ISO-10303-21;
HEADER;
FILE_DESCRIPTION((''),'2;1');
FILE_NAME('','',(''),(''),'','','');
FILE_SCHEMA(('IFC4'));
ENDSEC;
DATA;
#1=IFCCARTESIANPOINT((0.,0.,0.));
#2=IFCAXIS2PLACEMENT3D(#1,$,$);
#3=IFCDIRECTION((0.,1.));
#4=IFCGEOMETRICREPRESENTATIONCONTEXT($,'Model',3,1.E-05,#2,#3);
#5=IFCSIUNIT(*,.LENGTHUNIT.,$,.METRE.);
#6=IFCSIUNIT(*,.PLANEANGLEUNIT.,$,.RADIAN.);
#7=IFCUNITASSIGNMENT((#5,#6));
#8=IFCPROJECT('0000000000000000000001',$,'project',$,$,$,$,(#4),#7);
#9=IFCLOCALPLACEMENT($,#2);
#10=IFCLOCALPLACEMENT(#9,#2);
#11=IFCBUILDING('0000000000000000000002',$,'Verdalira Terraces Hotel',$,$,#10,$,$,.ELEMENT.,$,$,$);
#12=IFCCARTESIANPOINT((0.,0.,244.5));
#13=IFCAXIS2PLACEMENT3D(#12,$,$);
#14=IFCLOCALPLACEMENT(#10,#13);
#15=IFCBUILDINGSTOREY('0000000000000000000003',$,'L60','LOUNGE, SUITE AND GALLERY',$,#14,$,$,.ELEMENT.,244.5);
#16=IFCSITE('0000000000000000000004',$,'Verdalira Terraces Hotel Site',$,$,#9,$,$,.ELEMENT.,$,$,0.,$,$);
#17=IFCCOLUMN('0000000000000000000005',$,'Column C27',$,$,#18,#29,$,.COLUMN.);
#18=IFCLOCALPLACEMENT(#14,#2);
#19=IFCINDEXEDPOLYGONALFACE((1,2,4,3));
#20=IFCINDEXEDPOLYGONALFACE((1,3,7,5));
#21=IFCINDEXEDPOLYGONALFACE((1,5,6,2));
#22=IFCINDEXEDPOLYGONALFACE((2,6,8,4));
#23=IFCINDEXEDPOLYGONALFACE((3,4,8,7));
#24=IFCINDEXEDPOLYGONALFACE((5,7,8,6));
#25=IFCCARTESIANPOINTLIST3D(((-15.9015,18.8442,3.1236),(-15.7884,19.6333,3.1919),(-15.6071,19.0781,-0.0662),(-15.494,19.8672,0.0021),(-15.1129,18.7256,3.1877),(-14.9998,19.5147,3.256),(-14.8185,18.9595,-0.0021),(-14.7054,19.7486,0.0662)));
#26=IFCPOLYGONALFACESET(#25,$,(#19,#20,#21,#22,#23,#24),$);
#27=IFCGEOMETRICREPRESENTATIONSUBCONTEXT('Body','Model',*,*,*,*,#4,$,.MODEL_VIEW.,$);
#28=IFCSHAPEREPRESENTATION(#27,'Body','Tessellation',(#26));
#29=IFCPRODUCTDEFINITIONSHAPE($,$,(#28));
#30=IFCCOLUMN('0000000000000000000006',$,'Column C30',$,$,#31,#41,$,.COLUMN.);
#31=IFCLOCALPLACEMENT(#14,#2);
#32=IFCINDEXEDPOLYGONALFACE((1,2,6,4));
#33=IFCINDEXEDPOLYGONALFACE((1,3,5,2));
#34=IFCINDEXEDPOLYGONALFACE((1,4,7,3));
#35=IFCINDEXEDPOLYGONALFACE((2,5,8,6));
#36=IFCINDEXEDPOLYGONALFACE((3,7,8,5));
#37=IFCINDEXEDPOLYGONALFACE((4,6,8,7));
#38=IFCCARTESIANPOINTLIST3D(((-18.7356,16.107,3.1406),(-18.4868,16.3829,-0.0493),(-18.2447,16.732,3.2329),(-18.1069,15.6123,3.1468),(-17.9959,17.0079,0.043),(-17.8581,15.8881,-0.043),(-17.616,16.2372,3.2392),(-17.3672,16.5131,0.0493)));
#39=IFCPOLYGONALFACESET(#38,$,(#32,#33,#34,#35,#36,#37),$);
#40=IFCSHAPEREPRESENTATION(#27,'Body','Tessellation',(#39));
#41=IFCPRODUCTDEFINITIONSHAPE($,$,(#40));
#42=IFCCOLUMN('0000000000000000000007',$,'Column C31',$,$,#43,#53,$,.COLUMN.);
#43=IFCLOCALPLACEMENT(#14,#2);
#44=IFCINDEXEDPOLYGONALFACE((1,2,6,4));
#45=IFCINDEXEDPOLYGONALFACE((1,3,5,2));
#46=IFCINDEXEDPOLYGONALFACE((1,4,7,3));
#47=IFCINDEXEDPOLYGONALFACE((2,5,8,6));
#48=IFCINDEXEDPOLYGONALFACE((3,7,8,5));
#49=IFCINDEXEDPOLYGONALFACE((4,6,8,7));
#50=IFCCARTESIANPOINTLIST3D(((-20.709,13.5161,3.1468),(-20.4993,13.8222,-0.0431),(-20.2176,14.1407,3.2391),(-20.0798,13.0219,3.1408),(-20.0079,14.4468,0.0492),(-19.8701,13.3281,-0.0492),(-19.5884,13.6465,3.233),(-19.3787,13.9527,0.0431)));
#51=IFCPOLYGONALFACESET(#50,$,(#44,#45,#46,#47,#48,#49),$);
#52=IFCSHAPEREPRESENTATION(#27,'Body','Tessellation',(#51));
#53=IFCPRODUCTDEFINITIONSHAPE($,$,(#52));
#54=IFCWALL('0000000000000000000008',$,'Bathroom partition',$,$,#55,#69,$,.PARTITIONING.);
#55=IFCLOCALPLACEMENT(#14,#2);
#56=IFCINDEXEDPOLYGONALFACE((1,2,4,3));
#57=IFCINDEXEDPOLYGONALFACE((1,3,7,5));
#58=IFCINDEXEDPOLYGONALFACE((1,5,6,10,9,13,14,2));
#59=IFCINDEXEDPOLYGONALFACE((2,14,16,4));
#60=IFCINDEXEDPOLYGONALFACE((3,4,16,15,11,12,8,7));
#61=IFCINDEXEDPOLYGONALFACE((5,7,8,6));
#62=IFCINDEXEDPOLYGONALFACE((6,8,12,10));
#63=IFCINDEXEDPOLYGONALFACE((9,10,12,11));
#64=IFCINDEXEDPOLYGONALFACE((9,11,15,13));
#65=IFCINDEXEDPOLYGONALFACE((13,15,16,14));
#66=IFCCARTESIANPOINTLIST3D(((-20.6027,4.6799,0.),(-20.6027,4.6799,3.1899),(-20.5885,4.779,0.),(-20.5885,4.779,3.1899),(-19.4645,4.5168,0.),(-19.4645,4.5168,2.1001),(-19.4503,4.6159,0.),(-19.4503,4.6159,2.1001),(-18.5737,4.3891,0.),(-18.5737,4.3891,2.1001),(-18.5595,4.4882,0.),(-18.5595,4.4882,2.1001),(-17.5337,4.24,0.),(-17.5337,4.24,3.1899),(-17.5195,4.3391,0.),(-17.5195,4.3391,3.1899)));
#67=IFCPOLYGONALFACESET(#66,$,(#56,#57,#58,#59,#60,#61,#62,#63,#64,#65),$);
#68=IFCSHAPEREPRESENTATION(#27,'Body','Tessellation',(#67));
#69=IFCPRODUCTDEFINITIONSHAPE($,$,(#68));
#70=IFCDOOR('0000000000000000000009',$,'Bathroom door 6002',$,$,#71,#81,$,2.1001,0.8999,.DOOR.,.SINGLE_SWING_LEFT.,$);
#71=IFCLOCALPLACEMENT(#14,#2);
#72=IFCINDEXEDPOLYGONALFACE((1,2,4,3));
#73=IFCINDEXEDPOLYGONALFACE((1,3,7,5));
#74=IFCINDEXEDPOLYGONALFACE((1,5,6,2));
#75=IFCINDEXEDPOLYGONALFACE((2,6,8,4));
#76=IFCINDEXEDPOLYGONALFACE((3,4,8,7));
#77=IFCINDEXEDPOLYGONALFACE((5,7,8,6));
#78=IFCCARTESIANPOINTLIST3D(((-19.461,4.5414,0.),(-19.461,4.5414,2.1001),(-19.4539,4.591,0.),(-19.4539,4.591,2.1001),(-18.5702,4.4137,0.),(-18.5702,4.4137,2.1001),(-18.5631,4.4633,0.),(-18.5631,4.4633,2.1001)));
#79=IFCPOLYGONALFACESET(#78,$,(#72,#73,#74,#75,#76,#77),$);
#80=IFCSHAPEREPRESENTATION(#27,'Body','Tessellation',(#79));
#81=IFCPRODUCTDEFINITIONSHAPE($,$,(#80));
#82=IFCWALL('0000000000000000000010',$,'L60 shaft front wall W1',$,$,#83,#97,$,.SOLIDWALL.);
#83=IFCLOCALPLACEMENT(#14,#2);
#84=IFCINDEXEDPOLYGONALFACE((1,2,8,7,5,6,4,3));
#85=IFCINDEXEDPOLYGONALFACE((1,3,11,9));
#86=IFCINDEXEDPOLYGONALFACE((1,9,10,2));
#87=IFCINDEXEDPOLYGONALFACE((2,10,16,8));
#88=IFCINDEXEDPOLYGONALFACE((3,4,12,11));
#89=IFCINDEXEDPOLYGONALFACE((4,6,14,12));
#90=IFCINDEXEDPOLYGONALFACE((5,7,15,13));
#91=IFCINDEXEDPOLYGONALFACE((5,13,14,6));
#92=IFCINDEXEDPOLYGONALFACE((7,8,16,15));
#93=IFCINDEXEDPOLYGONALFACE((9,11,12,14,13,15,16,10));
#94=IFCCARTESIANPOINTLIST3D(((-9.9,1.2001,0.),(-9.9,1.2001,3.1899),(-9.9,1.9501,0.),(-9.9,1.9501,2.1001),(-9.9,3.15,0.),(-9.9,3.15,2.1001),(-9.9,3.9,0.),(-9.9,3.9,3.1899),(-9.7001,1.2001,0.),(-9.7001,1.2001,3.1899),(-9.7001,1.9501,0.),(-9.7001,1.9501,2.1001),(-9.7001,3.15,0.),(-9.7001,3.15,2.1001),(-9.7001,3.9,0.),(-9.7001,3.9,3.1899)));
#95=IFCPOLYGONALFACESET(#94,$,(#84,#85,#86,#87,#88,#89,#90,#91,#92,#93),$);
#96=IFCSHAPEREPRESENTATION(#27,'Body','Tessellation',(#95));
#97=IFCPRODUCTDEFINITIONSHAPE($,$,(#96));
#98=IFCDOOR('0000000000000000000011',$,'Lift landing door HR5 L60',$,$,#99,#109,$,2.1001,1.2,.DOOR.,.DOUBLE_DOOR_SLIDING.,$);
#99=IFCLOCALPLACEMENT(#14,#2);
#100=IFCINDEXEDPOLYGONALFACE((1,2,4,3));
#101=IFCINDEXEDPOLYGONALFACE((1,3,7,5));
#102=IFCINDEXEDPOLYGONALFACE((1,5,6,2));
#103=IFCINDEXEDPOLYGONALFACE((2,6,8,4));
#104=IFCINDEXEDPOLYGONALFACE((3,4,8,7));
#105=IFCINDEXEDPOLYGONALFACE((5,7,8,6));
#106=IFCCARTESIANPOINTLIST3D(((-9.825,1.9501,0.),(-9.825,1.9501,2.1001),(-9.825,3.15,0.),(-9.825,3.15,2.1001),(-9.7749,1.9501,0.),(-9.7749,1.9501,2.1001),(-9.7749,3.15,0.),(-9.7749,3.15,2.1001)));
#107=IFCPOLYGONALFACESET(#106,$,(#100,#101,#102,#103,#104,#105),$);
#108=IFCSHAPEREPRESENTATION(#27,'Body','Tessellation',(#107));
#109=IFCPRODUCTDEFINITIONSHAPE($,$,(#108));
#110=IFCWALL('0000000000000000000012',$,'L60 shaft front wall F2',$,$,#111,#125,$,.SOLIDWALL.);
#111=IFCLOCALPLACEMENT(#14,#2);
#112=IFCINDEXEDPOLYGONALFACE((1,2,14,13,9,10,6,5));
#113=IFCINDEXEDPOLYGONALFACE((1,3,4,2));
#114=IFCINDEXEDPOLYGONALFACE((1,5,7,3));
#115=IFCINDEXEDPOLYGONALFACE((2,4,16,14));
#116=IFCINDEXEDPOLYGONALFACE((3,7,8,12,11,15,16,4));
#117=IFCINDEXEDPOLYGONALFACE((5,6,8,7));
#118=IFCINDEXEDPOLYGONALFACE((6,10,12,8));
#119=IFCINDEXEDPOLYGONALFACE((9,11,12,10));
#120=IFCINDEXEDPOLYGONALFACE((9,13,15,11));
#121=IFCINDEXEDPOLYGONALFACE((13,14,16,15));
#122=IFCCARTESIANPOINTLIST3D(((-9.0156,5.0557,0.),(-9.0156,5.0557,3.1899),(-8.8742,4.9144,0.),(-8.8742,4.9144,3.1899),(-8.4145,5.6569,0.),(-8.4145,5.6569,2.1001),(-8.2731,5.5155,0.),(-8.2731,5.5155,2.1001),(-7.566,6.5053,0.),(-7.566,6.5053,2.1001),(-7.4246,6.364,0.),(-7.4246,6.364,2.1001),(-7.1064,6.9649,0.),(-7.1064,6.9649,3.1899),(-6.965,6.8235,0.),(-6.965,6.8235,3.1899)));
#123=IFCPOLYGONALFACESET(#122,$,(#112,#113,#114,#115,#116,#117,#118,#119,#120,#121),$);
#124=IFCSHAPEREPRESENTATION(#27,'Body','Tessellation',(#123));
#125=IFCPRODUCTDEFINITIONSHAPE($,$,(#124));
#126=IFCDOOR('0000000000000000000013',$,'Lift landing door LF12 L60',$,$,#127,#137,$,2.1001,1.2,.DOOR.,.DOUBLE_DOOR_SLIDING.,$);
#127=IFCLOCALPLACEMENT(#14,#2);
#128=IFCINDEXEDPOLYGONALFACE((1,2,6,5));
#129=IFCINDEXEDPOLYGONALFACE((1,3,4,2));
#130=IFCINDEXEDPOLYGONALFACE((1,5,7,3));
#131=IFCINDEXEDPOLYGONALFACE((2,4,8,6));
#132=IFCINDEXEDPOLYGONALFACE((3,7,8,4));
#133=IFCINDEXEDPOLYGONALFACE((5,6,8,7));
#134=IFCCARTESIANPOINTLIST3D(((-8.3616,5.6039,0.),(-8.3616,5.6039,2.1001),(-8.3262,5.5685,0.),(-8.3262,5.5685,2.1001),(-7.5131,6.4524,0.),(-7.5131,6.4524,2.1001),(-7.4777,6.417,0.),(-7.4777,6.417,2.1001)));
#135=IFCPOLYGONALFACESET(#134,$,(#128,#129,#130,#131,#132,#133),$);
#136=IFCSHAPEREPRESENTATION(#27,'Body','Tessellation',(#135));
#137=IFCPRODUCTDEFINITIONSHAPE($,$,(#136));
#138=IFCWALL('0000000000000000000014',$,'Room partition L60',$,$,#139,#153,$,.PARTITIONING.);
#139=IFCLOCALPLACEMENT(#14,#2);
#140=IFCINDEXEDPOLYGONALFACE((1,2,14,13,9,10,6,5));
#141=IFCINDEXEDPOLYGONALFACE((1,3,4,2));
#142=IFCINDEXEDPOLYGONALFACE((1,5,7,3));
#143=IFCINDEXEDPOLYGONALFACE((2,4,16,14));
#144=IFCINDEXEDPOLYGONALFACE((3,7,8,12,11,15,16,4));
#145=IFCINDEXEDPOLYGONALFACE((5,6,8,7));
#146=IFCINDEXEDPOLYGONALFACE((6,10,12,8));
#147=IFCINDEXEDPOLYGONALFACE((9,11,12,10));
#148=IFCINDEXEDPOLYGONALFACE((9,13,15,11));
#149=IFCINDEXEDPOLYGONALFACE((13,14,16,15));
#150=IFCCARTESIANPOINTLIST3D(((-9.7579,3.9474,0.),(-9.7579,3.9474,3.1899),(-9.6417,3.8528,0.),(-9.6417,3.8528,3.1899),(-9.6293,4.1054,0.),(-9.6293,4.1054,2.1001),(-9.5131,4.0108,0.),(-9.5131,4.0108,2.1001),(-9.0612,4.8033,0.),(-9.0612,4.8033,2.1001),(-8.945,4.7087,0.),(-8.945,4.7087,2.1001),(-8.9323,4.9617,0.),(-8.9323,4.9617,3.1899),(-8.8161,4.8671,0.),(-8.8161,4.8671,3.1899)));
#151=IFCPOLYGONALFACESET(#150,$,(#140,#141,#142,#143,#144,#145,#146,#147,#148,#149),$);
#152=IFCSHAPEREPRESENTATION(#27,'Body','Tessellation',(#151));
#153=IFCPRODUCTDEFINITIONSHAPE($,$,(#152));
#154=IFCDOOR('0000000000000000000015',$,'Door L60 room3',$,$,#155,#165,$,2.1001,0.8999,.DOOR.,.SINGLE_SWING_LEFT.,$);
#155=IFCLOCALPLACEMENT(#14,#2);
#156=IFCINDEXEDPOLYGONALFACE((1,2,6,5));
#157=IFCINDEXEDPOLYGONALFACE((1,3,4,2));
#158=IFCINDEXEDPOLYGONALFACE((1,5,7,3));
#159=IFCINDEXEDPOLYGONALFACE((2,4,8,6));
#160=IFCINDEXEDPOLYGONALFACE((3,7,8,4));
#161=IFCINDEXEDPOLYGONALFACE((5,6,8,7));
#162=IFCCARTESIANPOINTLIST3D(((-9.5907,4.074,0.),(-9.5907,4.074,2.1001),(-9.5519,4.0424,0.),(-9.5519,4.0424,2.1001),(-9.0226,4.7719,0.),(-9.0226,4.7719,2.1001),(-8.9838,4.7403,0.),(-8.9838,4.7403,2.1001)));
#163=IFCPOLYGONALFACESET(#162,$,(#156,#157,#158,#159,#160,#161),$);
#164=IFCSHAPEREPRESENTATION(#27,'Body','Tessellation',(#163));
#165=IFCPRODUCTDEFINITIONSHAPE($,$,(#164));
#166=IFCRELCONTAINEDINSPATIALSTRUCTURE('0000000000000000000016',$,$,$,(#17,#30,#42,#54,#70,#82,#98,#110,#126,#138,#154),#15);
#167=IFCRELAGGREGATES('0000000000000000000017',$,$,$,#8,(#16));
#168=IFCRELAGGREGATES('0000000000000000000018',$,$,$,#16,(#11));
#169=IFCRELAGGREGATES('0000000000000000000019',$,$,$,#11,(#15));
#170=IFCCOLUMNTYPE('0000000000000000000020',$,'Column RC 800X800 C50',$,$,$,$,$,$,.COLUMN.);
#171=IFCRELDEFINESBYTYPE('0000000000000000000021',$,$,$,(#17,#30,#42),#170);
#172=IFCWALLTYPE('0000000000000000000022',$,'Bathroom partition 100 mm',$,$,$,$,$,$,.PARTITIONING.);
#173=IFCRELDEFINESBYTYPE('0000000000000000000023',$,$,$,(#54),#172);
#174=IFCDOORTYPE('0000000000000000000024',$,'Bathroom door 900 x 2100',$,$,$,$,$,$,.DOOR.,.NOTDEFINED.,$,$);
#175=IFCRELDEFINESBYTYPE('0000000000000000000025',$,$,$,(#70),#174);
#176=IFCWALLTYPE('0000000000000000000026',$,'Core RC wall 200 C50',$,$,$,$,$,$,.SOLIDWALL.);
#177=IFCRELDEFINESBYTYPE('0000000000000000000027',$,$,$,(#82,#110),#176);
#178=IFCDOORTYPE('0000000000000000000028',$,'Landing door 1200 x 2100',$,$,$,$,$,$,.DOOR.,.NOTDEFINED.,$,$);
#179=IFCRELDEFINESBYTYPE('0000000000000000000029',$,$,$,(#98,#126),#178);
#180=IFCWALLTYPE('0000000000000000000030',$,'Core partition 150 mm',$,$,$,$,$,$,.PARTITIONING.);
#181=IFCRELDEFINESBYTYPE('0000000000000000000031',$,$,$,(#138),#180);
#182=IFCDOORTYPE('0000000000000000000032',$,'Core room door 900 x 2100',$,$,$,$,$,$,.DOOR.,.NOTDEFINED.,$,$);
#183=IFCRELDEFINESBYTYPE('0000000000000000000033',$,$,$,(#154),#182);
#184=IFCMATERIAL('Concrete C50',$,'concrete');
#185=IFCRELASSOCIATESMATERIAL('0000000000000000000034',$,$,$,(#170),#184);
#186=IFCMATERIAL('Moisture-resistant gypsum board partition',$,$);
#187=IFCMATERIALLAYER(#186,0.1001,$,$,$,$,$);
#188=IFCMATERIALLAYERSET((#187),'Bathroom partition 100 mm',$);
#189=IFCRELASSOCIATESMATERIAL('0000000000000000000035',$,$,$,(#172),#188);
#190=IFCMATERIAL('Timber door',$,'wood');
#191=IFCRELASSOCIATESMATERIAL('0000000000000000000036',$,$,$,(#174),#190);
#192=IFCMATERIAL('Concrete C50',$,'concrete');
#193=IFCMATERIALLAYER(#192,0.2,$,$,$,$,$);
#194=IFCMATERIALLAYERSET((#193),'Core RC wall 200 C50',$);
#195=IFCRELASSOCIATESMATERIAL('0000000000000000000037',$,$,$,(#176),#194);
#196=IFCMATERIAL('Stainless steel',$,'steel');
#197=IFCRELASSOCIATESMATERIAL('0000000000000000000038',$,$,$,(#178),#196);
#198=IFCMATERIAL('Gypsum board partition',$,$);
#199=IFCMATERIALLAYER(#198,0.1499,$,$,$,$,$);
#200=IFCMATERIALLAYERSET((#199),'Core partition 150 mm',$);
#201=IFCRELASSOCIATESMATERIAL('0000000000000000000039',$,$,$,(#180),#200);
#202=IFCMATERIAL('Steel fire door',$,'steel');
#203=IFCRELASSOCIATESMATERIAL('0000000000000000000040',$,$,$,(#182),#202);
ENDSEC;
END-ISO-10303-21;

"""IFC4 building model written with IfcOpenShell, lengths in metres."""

from ifc_helpers import new_model, si_unit, direction, frame, frame_2d, origin, origin_2d, place, context, subcontext, project, spatial, rectangle, extrude, material, layer, layer_set, material_profile, profile_set, type_object, element, fill, save


model = new_model("IFC4")

# Units and contexts
model_context = context("Model", 3, precision=1e-05, world=origin(), true_north=direction((0.0, 1.0)))
body_context = subcontext(model_context, "Body", "Model", "MODEL_VIEW")
ifc_project = project(units=[si_unit("LENGTHUNIT", "METRE"), si_unit("PLANEANGLEUNIT", "RADIAN")], contexts=[model_context])

# Site, building, storey
site_placement = place(None, origin())
site = spatial("IfcSite", under=ifc_project, at=site_placement, Name="Verdalira Terraces Hotel Site", CompositionType="ELEMENT", RefElevation=0.0)
building_placement = place(site_placement, origin())
building = spatial("IfcBuilding", under=site, at=building_placement, Name="Verdalira Terraces Hotel", CompositionType="ELEMENT")
storey_placement = place(building_placement, frame((0.0, 0.0, 244.5)))
storey = spatial("IfcBuildingStorey", under=building, at=storey_placement, Name="L60", Description="LOUNGE, SUITE AND GALLERY", CompositionType="ELEMENT", Elevation=244.5)

# Columns
ifc_material_1 = material(Name="Concrete C50", Category="concrete")
ifc_material_profile = material_profile(ifc_material_1, rectangle(XDim=0.8, YDim=0.8, at=origin_2d()), Name="RC 800X800")
ifc_profile_set = profile_set([ifc_material_profile], Name="Concrete C50")
column_type = type_object("IfcColumnType", Name="Column RC 800X800 C50", PredefinedType="COLUMN", material=ifc_profile_set)
column_placement = place(storey_placement, frame((-15.1562, 19.4133, 0.0), z_axis=(-0.091666, -0.072816, 0.993124), x_axis=(0.985703, -0.14823, 0.080113)))
element("IfcColumn", 1, at=column_placement, inside=storey, type_object=column_type, Name="Column C27", PredefinedType="COLUMN", context=body_context, shape_type="SweptSolid", body=[
    extrude(rectangle(XDim=0.8, YDim=0.8, at=origin_2d()), origin(), (0.0, 0.0, 1.0), 3.2119),
])
for number, where, z_axis, x_axis, name in (
    (2, (-17.927, 16.448, 0.0), (-0.077465, -0.085903, 0.993287), (-0.785844, 0.618376, -0.007807), "Column C30"),
    (3, (-19.939, 13.8875, 0.0), (-0.065303, -0.095331, 0.993301), (-0.786438, 0.617623, 0.007573), "Column C31"),
):
    element("IfcColumn", number, at=place(storey_placement, frame(where, z_axis=z_axis, x_axis=x_axis)), inside=storey, type_object=column_type, Name=name, PredefinedType="COLUMN", context=body_context, shape_type="SweptSolid", body=[
        extrude(rectangle(XDim=0.8, YDim=0.8, at=origin_2d()), origin(), (0.0, 0.0, 1.0), 3.2114),
    ])

# Walls, openings, doors
ifc_material_2 = material(Name="Moisture-resistant gypsum board partition")
ifc_layer_1 = layer(ifc_material_2, 0.1001)
ifc_layer_set_1 = layer_set([ifc_layer_1], Name="Bathroom partition 100 mm")
wall_type_1 = type_object("IfcWallType", Name="Bathroom partition 100 mm", PredefinedType="PARTITIONING", material=ifc_layer_set_1)
wall_1_placement = place(storey_placement, frame((-20.5957, 4.7295, 0.0), z_axis=(0.0, 0.0, 1.0), x_axis=(0.98988, -0.141906, 0.0)))
wall_1 = element("IfcWall", 4, at=wall_1_placement, inside=storey, type_object=wall_type_1, Name="Bathroom partition", PredefinedType="PARTITIONING", context=body_context, shape_type="SweptSolid", body=[
    extrude(rectangle(XDim=3.1003, YDim=0.1001, at=frame_2d((1.5503, 0.0))), origin(), (0.0, 0.0, 1.0), 3.1899),
])
opening_1_placement = place(wall_1_placement, frame((1.1499, 0.0, 0.0)))
opening_1 = element("IfcOpeningElement", 5, at=opening_1_placement, cuts=wall_1, PredefinedType="OPENING", context=body_context, shape_type="SweptSolid", body=[
    extrude(rectangle(XDim=0.8999, YDim=2.1001, at=frame_2d((0.45, 1.05))), frame((0.0, 0.0601, 0.0), z_axis=(0.0, -1.0, 0.0), x_axis=(1.0, 0.0, 0.0)), (0.0, 0.0, 1.0), 0.1201),
])
ifc_material_3 = material(Name="Timber door", Category="wood")
door_type_1 = type_object("IfcDoorType", Name="Bathroom door 900 x 2100", OperationType="NOTDEFINED", PredefinedType="DOOR", material=ifc_material_3)
door_1_placement = place(opening_1_placement, origin())
door_1 = element("IfcDoor", 6, at=door_1_placement, inside=storey, type_object=door_type_1, Name="Bathroom door 6002", OperationType="SINGLE_SWING_LEFT", OverallHeight=2.1001, OverallWidth=0.8999, PredefinedType="DOOR", context=body_context, shape_type="SweptSolid", body=[
    extrude(rectangle(XDim=0.8999, YDim=2.1001, at=frame_2d((0.45, 1.05))), frame((0.0, 0.0249, 0.0), z_axis=(0.0, -1.0, 0.0), x_axis=(1.0, 0.0, 0.0)), (0.0, 0.0, 1.0), 0.05),
])
fill(opening_1, door_1)
ifc_material_4 = material(Name="Concrete C50", Category="concrete")
ifc_layer_2 = layer(ifc_material_4, 0.2)
ifc_layer_set_2 = layer_set([ifc_layer_2], Name="Core RC wall 200 C50")
wall_type_2 = type_object("IfcWallType", Name="Core RC wall 200 C50", PredefinedType="SOLIDWALL", material=ifc_layer_set_2)
wall_2_placement = place(storey_placement, frame((-9.8, 1.2, 0.0), z_axis=(0.0, 0.0, 1.0), x_axis=(0.0, 1.0, 0.0)))
wall_2 = element("IfcWall", 7, at=wall_2_placement, inside=storey, type_object=wall_type_2, Name="L60 shaft front wall W1", PredefinedType="SOLIDWALL", context=body_context, shape_type="SweptSolid", body=[
    extrude(rectangle(XDim=2.7, YDim=0.2, at=frame_2d((1.3501, 0.0))), origin(), (0.0, 0.0, 1.0), 3.1899),
])
opening_2_placement = place(wall_2_placement, frame((0.75, 0.0, 0.0)))
opening_2 = element("IfcOpeningElement", 8, at=opening_2_placement, cuts=wall_2, PredefinedType="OPENING", context=body_context, shape_type="SweptSolid", body=[
    extrude(rectangle(XDim=1.2, YDim=2.1001, at=frame_2d((0.6001, 1.05))), frame((0.0, 0.1099, 0.0), z_axis=(0.0, -1.0, 0.0), x_axis=(1.0, 0.0, 0.0)), (0.0, 0.0, 1.0), 0.22),
])
ifc_material_5 = material(Name="Stainless steel", Category="steel")
door_type_2 = type_object("IfcDoorType", Name="Landing door 1200 x 2100", OperationType="NOTDEFINED", PredefinedType="DOOR", material=ifc_material_5)
door_2_placement = place(opening_2_placement, origin())
door_2 = element("IfcDoor", 9, at=door_2_placement, inside=storey, type_object=door_type_2, Name="Lift landing door HR5 L60", OperationType="DOUBLE_DOOR_SLIDING", OverallHeight=2.1001, OverallWidth=1.2, PredefinedType="DOOR", context=body_context, shape_type="SweptSolid", body=[
    extrude(rectangle(XDim=1.2, YDim=2.1001, at=frame_2d((0.6001, 1.05))), frame((0.0, 0.0249, 0.0), z_axis=(0.0, -1.0, 0.0), x_axis=(1.0, 0.0, 0.0)), (0.0, 0.0, 1.0), 0.05),
])
fill(opening_2, door_2)
wall_3_placement = place(storey_placement, frame((-7.0356, 6.8943, 0.0), z_axis=(0.0, 0.0, 1.0), x_axis=(-0.707107, -0.707107, 0.0)))
wall_3 = element("IfcWall", 10, at=wall_3_placement, inside=storey, type_object=wall_type_2, Name="L60 shaft front wall F2", PredefinedType="SOLIDWALL", context=body_context, shape_type="SweptSolid", body=[
    extrude(rectangle(XDim=2.7, YDim=0.2, at=frame_2d((1.3501, 0.0))), origin(), (0.0, 0.0, 1.0), 3.1899),
])
opening_3_placement = place(wall_3_placement, frame((0.6499, 0.0, 0.0)))
opening_3 = element("IfcOpeningElement", 11, at=opening_3_placement, cuts=wall_3, PredefinedType="OPENING", context=body_context, shape_type="SweptSolid", body=[
    extrude(rectangle(XDim=1.2, YDim=2.1001, at=frame_2d((0.6001, 1.05))), frame((0.0, 0.1099, 0.0), z_axis=(0.0, -1.0, 0.0), x_axis=(1.0, 0.0, 0.0)), (0.0, 0.0, 1.0), 0.22),
])
door_3_placement = place(opening_3_placement, origin())
door_3 = element("IfcDoor", 12, at=door_3_placement, inside=storey, type_object=door_type_2, Name="Lift landing door LF12 L60", OperationType="DOUBLE_DOOR_SLIDING", OverallHeight=2.1001, OverallWidth=1.2, PredefinedType="DOOR", context=body_context, shape_type="SweptSolid", body=[
    extrude(rectangle(XDim=1.2, YDim=2.1001, at=frame_2d((0.6001, 1.05))), frame((0.0, 0.0249, 0.0), z_axis=(0.0, -1.0, 0.0), x_axis=(1.0, 0.0, 0.0)), (0.0, 0.0, 1.0), 0.05),
])
fill(opening_3, door_3)
ifc_material_6 = material(Name="Gypsum board partition")
ifc_layer_3 = layer(ifc_material_6, 0.1499)
ifc_layer_set_3 = layer_set([ifc_layer_3], Name="Core partition 150 mm")
wall_type_3 = type_object("IfcWallType", Name="Core partition 150 mm", PredefinedType="PARTITIONING", material=ifc_layer_set_3)
wall_4_placement = place(storey_placement, frame((-8.8743, 4.9143, 0.0), z_axis=(0.0, 0.0, 1.0), x_axis=(-0.631274, -0.77556, 0.0)))
wall_4 = element("IfcWall", 13, at=wall_4_placement, inside=storey, type_object=wall_type_3, Name="Room partition L60", PredefinedType="PARTITIONING", context=body_context, shape_type="SweptSolid", body=[
    extrude(rectangle(XDim=1.3079, YDim=0.1499, at=frame_2d((0.6538, 0.0))), origin(), (0.0, 0.0, 1.0), 3.1899),
])
opening_4_placement = place(wall_4_placement, frame((0.2041, 0.0, 0.0)))
opening_4 = element("IfcOpeningElement", 14, at=opening_4_placement, cuts=wall_4, PredefinedType="OPENING", context=body_context, shape_type="SweptSolid", body=[
    extrude(rectangle(XDim=0.8999, YDim=2.1001, at=frame_2d((0.45, 1.05))), frame((0.0, 0.085, 0.0), z_axis=(0.0, -1.0, 0.0), x_axis=(1.0, 0.0, 0.0)), (0.0, 0.0, 1.0), 0.1699),
])
ifc_material_7 = material(Name="Steel fire door", Category="steel")
door_type_3 = type_object("IfcDoorType", Name="Core room door 900 x 2100", OperationType="NOTDEFINED", PredefinedType="DOOR", material=ifc_material_7)
door_4_placement = place(opening_4_placement, origin())
door_4 = element("IfcDoor", 15, at=door_4_placement, inside=storey, type_object=door_type_3, Name="Door L60 room3", OperationType="SINGLE_SWING_LEFT", OverallHeight=2.1001, OverallWidth=0.8999, PredefinedType="DOOR", context=body_context, shape_type="SweptSolid", body=[
    extrude(rectangle(XDim=0.8999, YDim=2.1001, at=frame_2d((0.45, 1.05))), frame((0.0, 0.0249, 0.0), z_axis=(0.0, -1.0, 0.0), x_axis=(1.0, 0.0, 0.0)), (0.0, 0.0, 1.0), 0.05),
])
fill(opening_4, door_4)

save(model, "model.ifc")
